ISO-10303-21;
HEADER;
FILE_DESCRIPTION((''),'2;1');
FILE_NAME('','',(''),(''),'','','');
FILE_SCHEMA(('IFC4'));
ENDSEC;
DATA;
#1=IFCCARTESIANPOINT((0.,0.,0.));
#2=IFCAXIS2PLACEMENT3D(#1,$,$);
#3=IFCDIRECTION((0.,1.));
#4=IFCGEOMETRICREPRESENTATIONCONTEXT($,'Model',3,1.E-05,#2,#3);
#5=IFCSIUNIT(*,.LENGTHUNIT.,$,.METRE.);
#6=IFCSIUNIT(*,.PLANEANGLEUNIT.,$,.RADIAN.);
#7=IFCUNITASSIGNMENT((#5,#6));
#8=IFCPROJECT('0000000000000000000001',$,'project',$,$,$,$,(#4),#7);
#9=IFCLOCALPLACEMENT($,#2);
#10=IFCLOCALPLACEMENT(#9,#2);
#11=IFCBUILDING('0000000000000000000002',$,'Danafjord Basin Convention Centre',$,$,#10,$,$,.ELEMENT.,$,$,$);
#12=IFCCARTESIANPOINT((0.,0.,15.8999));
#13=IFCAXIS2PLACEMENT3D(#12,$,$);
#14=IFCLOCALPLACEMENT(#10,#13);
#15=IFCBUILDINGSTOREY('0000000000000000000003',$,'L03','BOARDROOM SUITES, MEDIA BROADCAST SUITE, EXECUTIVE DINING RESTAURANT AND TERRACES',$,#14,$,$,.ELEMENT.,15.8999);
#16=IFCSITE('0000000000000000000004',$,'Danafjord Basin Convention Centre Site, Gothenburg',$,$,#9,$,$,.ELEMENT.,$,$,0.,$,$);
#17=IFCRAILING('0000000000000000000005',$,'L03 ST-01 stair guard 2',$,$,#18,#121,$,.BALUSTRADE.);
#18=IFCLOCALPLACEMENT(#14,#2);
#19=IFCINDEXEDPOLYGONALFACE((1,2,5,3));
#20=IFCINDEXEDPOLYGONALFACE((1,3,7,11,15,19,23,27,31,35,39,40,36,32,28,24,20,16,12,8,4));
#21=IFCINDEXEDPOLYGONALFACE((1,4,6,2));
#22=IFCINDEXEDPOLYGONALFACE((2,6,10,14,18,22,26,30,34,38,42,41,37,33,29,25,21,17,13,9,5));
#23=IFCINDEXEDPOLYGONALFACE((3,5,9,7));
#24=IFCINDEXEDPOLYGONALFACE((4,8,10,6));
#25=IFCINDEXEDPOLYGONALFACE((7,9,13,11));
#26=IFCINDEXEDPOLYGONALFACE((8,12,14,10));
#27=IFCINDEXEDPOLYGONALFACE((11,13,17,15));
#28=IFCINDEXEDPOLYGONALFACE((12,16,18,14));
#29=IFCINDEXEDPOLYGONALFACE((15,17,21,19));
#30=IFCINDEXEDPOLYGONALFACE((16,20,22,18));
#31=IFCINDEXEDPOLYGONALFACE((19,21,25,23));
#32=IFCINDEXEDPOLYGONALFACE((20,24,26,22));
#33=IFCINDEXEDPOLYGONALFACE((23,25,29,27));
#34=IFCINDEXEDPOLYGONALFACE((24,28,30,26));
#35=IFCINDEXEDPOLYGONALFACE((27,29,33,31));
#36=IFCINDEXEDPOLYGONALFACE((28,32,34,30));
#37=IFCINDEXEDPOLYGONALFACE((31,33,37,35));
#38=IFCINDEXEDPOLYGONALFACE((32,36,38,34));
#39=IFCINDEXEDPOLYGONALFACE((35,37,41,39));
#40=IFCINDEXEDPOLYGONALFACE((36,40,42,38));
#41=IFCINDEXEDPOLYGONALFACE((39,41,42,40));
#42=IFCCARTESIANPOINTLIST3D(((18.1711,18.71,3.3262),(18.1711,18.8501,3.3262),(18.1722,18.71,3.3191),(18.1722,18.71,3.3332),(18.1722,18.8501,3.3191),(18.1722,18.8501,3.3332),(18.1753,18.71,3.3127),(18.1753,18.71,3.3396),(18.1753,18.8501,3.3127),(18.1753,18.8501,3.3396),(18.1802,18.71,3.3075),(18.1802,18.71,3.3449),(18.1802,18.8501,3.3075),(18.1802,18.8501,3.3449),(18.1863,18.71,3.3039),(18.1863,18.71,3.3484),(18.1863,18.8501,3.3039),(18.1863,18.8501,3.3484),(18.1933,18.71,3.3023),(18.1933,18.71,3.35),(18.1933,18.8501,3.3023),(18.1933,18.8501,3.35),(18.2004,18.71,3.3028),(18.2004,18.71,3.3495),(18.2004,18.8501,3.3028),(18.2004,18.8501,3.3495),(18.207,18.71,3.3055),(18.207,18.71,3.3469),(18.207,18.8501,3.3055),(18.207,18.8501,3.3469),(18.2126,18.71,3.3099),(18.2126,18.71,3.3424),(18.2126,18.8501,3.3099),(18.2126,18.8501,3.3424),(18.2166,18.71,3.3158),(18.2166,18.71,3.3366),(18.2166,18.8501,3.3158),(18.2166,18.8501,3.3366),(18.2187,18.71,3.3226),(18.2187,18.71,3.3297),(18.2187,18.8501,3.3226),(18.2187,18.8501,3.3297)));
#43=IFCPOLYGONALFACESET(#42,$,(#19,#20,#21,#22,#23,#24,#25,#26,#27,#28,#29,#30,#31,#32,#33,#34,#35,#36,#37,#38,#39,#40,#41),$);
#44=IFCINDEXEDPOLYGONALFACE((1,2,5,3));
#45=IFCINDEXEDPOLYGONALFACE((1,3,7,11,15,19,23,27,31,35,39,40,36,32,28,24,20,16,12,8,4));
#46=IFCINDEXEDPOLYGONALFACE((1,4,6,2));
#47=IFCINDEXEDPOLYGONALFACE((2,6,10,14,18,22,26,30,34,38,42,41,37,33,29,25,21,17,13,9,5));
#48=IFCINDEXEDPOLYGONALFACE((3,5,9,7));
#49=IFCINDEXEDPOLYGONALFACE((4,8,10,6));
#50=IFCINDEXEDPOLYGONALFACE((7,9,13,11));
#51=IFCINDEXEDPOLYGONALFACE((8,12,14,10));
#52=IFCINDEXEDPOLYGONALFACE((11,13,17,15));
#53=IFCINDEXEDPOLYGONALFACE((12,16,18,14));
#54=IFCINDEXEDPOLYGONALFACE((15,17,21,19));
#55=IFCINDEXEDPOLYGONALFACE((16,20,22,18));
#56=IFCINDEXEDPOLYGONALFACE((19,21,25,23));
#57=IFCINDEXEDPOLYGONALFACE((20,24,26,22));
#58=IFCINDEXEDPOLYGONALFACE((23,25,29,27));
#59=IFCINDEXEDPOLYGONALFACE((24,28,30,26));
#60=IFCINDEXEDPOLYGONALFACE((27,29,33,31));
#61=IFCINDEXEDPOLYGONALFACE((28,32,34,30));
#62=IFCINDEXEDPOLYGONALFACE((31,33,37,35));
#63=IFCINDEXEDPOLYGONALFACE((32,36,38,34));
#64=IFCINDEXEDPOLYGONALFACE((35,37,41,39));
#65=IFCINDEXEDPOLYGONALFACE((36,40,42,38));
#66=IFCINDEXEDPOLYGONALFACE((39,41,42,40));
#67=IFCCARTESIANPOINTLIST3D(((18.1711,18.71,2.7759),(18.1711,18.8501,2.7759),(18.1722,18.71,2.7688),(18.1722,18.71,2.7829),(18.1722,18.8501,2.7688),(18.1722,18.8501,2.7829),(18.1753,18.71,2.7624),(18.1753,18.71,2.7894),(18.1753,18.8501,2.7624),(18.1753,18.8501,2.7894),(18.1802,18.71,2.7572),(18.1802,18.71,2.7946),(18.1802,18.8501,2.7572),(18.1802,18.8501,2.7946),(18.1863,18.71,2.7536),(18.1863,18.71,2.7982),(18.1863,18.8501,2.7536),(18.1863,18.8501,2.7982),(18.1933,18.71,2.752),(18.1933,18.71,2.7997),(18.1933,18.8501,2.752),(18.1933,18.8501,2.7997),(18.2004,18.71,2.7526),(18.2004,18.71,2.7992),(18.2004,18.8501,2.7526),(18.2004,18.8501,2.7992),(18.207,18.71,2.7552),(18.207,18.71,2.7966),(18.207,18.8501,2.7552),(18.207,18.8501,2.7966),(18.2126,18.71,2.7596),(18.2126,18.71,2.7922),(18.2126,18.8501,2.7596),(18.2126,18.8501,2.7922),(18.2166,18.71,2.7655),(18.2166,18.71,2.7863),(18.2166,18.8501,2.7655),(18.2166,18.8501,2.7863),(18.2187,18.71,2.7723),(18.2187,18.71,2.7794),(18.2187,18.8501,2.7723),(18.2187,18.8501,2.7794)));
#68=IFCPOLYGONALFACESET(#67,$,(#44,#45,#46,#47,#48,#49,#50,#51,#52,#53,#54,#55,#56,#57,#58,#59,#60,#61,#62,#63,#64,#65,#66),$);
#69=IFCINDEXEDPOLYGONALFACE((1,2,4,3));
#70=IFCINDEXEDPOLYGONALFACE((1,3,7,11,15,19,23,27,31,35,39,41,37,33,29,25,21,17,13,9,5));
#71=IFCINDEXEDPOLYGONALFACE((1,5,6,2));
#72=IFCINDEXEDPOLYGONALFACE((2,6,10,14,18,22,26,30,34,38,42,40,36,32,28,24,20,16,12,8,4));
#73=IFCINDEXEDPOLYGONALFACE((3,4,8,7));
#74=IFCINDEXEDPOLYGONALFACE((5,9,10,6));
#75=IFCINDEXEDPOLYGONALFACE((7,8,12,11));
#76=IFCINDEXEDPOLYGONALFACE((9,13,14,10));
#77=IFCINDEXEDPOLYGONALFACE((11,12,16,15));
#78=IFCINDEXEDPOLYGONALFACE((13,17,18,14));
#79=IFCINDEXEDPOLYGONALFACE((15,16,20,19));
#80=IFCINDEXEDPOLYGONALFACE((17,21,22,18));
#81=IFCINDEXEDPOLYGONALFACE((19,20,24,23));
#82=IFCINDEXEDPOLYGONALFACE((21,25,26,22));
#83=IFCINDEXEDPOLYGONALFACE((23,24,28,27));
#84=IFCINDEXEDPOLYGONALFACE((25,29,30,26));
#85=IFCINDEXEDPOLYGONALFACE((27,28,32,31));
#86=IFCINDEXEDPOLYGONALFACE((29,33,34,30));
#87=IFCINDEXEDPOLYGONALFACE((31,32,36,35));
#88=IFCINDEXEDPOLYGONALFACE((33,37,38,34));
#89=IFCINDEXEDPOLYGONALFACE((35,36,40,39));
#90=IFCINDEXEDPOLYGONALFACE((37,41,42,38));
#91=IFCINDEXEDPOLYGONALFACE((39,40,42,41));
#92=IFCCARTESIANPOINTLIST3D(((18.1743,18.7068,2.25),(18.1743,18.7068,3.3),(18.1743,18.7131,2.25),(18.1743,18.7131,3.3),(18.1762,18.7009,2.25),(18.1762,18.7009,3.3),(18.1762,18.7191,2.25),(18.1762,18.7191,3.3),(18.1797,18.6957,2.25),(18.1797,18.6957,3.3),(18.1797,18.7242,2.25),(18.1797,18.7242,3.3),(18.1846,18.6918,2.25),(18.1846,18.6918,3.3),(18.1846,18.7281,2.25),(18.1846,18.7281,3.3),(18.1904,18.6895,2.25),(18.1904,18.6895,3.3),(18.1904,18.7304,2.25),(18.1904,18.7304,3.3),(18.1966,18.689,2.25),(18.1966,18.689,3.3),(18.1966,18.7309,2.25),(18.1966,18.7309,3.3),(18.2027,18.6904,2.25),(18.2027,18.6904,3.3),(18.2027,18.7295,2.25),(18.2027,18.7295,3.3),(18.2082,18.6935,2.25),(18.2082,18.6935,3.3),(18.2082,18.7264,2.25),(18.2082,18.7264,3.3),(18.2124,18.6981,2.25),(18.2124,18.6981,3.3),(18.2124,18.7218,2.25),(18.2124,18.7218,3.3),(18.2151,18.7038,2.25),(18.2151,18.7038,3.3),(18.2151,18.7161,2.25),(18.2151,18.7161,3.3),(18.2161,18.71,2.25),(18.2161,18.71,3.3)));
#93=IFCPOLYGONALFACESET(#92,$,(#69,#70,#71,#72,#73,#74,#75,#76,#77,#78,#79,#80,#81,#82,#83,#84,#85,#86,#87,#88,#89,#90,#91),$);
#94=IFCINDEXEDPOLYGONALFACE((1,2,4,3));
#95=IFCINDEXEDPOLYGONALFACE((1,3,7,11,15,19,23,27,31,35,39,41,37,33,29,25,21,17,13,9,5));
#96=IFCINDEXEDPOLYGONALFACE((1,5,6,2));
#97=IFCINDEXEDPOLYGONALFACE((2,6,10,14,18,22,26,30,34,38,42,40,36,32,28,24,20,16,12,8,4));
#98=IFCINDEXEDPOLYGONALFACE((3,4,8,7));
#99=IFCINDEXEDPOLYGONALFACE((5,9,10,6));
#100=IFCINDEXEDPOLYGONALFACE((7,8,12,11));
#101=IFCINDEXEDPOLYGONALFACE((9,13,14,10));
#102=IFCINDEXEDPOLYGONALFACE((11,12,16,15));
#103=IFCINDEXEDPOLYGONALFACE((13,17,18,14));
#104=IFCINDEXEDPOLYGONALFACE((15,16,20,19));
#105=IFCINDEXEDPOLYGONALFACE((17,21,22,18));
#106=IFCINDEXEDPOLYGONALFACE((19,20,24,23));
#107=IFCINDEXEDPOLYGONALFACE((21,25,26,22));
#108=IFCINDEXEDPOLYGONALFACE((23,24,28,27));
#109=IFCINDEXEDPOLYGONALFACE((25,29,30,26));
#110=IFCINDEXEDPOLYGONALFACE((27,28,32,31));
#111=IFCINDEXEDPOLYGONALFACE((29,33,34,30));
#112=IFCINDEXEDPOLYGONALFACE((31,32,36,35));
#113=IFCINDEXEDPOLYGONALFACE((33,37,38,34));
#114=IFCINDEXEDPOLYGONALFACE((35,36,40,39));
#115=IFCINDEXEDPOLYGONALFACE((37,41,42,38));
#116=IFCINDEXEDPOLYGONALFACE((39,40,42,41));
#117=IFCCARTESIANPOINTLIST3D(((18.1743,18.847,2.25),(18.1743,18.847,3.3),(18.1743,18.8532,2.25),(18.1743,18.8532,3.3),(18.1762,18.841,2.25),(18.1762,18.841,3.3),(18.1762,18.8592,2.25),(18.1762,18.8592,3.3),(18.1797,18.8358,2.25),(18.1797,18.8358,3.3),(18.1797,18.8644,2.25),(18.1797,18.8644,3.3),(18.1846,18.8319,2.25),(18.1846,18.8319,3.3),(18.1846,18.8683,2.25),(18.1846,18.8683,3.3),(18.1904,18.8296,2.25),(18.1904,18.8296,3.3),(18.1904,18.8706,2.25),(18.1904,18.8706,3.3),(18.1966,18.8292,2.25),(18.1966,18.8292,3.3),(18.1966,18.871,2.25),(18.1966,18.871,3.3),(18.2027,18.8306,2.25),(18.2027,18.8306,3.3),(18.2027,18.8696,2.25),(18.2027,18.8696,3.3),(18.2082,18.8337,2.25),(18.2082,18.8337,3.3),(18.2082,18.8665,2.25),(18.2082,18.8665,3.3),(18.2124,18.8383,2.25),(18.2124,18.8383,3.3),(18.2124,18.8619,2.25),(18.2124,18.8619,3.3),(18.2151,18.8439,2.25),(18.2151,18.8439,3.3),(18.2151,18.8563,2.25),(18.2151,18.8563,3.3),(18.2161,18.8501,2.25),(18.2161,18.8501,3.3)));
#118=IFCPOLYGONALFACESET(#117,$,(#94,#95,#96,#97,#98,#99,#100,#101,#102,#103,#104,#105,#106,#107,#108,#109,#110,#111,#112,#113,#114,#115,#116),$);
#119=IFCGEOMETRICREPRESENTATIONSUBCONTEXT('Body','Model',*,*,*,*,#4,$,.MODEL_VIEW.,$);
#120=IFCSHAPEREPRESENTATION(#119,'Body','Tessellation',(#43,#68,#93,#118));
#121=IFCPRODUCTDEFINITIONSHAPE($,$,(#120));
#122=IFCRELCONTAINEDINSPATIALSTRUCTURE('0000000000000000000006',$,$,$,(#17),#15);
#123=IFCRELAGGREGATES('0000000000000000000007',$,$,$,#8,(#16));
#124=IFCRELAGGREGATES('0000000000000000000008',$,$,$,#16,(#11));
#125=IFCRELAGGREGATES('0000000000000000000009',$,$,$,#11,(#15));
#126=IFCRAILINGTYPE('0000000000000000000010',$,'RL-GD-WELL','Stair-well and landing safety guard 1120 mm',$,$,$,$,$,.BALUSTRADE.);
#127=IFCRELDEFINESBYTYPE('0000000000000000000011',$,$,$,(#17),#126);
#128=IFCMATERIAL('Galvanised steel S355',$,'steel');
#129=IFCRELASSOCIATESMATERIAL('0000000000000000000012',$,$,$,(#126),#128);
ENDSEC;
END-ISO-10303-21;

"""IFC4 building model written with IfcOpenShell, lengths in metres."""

from ifc_helpers import new_model, si_unit, direction, frame, origin, origin_2d, place, context, subcontext, project, spatial, circle, extrude, material, type_object, element, save


model = new_model("IFC4")

# Units and contexts
model_context = context("Model", 3, precision=1e-05, world=origin(), true_north=direction((0.0, 1.0)))
body_context = subcontext(model_context, "Body", "Model", "MODEL_VIEW")
ifc_project = project(units=[si_unit("LENGTHUNIT", "METRE"), si_unit("PLANEANGLEUNIT", "RADIAN")], contexts=[model_context])

# Site, building, storey
site_placement = place(None, origin())
site = spatial("IfcSite", under=ifc_project, at=site_placement, Name="Danafjord Basin Convention Centre Site, Gothenburg", CompositionType="ELEMENT", RefElevation=0.0)
building_placement = place(site_placement, origin())
building = spatial("IfcBuilding", under=site, at=building_placement, Name="Danafjord Basin Convention Centre", CompositionType="ELEMENT")
storey_placement = place(building_placement, frame((0.0, 0.0, 15.8999)))
storey = spatial("IfcBuildingStorey", under=building, at=storey_placement, Name="L03", Description="BOARDROOM SUITES, MEDIA BROADCAST SUITE, EXECUTIVE DINING RESTAURANT AND TERRACES", CompositionType="ELEMENT", Elevation=15.8999)

# Railing
ifc_material_1 = material(Name="Galvanised steel S355", Category="steel")
railing_type_1 = type_object("IfcRailingType", Name="RL-GD-WELL", Description="Stair-well and landing safety guard 1120 mm", PredefinedType="BALUSTRADE", material=ifc_material_1)
railing_1_placement = place(storey_placement, frame((18.1951, 18.71, 2.25)))
element("IfcRailing", 1, at=railing_1_placement, inside=storey, type_object=railing_type_1, Name="L03 ST-01 stair guard 2", PredefinedType="BALUSTRADE", context=body_context, shape_type="SweptSolid", body=[
    extrude(circle(Radius=0.0239, at=origin_2d()), frame((0.0, 0.0, 1.0762), z_axis=(0.0, 1.0, 0.0), x_axis=(-1.0, 0.0, 0.0)), (0.0, 0.0, 1.0), 0.1401),
    extrude(circle(Radius=0.0239, at=origin_2d()), frame((0.0, 0.0, 0.5259), z_axis=(0.0, 1.0, 0.0), x_axis=(-1.0, 0.0, 0.0)), (0.0, 0.0, 1.0), 0.1401),
    extrude(circle(Radius=0.021, at=origin_2d()), origin(), (0.0, 0.0, 1.0), 1.05),
    extrude(circle(Radius=0.021, at=origin_2d()), frame((0.0, 0.1401, 0.0)), (0.0, 0.0, 1.0), 1.05),
])

save(model, "model.ifc")
